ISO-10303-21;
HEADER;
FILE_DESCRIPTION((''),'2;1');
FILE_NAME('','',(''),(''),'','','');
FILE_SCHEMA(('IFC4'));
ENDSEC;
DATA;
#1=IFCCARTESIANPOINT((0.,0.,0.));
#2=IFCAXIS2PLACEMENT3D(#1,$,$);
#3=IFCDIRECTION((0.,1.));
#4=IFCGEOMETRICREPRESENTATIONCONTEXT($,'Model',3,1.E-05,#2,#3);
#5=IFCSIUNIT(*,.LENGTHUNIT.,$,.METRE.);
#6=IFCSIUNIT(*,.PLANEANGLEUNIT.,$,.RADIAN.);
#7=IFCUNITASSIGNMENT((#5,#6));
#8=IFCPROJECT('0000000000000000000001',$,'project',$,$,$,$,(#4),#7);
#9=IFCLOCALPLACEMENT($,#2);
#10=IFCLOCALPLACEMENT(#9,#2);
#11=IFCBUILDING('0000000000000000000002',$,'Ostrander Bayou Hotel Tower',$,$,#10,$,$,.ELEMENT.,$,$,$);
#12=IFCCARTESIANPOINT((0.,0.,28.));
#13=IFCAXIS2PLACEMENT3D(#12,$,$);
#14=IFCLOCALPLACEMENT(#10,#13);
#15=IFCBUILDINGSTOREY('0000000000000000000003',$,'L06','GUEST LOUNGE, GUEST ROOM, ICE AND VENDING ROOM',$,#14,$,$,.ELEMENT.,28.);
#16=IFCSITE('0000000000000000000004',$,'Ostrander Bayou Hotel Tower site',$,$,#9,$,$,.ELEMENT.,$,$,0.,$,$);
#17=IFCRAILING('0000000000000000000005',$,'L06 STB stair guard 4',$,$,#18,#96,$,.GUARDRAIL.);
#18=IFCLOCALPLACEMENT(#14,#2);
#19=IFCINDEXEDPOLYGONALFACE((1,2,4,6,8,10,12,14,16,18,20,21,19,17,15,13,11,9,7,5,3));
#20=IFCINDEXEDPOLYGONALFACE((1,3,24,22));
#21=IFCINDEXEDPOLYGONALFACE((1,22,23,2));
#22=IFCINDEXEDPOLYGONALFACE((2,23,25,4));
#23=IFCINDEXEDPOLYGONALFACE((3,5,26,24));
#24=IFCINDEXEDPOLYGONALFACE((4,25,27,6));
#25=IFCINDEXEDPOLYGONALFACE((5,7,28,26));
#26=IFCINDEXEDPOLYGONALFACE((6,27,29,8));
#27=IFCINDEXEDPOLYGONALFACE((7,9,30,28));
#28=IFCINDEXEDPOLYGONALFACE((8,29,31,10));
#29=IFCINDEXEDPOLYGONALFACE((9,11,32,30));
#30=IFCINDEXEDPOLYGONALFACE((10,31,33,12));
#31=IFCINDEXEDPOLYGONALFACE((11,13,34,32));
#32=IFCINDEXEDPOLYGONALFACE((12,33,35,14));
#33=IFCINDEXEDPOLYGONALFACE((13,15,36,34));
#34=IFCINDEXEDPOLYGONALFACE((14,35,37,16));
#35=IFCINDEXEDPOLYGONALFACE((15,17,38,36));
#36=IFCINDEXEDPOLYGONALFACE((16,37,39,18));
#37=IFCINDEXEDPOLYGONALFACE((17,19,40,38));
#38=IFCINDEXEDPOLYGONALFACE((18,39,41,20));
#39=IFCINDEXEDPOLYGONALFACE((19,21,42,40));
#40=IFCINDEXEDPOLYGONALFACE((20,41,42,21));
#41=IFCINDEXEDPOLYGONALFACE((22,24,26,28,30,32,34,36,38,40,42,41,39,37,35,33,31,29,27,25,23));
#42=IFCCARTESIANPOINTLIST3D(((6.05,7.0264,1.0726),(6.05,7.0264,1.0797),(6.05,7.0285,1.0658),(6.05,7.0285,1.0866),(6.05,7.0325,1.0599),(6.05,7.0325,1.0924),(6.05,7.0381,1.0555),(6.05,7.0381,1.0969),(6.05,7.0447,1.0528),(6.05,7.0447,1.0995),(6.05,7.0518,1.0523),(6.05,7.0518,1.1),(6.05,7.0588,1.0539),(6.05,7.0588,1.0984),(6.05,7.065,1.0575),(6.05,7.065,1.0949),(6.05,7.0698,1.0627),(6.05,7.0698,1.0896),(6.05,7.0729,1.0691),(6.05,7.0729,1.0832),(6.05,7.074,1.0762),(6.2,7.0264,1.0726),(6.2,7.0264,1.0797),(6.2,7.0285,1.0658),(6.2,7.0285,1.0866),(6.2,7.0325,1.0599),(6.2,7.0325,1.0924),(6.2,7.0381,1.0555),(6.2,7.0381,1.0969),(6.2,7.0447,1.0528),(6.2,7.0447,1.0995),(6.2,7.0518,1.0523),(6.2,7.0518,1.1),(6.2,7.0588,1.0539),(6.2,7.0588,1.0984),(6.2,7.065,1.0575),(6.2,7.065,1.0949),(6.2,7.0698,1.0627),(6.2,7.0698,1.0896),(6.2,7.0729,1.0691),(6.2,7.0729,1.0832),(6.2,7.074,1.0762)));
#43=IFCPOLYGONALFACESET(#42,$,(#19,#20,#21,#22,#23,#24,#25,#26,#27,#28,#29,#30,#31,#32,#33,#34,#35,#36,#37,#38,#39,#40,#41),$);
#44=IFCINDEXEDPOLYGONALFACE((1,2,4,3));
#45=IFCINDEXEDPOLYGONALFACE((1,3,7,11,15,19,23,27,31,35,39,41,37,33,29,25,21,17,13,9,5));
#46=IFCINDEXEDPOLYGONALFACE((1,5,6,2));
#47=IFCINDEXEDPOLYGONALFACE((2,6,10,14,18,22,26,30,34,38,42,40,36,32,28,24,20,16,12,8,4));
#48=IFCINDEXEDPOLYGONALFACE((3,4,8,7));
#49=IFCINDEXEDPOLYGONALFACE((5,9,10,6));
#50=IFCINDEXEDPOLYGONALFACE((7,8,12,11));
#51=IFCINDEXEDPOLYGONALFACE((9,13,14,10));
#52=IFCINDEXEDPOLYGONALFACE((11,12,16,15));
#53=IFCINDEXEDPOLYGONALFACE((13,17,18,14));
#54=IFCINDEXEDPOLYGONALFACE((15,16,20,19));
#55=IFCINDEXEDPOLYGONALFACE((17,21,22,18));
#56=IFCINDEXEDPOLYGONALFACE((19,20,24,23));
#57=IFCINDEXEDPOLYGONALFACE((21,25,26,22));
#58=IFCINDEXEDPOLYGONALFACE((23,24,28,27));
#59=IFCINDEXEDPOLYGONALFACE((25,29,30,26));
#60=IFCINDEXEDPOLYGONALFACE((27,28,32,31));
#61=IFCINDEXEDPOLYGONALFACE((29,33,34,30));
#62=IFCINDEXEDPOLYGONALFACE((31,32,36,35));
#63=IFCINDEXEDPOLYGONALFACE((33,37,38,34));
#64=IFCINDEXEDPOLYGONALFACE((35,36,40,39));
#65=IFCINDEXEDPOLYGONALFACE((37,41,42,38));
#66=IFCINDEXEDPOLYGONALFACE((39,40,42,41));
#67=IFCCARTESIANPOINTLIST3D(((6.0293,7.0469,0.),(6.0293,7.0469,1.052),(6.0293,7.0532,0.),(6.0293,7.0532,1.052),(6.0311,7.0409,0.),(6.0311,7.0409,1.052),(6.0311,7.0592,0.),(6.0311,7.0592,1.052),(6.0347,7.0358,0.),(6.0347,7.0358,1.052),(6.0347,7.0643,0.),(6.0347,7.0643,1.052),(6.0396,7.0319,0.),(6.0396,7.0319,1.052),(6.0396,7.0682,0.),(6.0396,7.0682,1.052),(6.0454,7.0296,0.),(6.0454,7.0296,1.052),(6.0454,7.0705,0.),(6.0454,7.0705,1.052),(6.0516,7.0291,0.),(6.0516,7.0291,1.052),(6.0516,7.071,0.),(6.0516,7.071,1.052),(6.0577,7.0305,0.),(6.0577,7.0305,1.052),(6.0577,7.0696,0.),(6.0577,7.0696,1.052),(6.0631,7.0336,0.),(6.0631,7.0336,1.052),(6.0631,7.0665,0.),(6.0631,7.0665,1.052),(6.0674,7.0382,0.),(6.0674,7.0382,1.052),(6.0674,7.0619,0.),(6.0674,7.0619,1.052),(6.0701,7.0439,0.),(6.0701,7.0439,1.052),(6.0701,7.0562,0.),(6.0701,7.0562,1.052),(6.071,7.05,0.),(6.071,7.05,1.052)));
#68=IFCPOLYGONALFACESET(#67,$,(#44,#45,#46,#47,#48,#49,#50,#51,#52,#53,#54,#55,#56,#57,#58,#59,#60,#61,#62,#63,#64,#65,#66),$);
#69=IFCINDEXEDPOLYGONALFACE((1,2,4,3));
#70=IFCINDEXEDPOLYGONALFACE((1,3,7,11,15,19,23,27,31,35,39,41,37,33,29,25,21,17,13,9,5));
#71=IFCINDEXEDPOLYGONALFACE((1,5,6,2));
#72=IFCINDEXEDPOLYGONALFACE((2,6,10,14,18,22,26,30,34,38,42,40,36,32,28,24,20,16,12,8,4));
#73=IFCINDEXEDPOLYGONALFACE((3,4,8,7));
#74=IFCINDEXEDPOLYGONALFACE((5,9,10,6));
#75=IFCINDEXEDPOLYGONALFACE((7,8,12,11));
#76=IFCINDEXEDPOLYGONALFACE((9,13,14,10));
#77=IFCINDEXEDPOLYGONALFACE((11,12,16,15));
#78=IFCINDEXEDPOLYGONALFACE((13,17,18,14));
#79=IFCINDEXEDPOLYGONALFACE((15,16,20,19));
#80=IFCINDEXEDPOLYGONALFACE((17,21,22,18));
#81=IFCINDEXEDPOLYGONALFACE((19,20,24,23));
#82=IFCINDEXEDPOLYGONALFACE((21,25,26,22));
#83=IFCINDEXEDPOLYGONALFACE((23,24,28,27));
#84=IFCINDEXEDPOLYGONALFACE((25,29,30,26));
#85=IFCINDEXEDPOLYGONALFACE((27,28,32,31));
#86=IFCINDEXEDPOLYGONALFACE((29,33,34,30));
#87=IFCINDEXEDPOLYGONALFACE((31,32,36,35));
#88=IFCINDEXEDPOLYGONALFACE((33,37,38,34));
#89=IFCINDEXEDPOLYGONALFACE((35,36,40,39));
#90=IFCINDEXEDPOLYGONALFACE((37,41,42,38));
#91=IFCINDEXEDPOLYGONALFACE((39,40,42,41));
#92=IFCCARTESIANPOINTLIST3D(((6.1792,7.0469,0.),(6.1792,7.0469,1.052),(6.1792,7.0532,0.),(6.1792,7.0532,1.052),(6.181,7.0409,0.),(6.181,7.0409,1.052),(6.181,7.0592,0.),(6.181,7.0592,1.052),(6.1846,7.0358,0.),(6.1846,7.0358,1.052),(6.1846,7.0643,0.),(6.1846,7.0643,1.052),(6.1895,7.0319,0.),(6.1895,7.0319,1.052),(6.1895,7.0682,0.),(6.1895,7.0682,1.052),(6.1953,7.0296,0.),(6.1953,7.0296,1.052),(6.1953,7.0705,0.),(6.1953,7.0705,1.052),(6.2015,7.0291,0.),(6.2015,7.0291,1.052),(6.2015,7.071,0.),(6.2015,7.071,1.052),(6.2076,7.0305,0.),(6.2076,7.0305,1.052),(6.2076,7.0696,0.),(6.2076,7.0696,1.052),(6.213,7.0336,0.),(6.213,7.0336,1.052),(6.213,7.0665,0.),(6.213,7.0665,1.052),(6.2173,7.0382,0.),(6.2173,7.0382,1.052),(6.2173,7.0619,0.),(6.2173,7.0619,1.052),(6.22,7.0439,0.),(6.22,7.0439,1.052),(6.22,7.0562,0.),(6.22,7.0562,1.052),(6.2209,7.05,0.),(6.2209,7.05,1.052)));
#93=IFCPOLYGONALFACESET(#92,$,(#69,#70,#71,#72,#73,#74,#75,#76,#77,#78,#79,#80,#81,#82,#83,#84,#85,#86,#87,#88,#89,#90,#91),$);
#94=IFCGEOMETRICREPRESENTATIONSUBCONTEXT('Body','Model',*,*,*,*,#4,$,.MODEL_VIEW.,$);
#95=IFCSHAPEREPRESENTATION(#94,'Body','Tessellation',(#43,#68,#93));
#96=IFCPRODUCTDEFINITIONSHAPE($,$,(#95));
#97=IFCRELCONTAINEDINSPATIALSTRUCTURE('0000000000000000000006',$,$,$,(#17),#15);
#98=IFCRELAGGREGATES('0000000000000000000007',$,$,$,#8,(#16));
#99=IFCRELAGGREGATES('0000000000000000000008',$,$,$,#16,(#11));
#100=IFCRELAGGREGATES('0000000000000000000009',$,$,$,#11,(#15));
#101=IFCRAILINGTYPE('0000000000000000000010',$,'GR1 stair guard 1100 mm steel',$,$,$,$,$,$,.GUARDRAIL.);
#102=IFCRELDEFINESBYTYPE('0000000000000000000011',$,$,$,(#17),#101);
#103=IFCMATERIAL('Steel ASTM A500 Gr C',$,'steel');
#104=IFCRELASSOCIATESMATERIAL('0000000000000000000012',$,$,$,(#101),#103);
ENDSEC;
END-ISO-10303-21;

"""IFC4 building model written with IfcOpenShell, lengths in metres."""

from ifc_helpers import new_model, si_unit, direction, frame, origin, origin_2d, place, context, subcontext, project, spatial, circle, extrude, material, type_object, element, save


model = new_model("IFC4")

# Units and contexts
model_context = context("Model", 3, precision=1e-05, world=origin(), true_north=direction((0.0, 1.0)))
body_context = subcontext(model_context, "Body", "Model", "MODEL_VIEW")
ifc_project = project(units=[si_unit("LENGTHUNIT", "METRE"), si_unit("PLANEANGLEUNIT", "RADIAN")], contexts=[model_context])

# Site, building, storey
site_placement = place(None, origin())
site = spatial("IfcSite", under=ifc_project, at=site_placement, Name="Ostrander Bayou Hotel Tower site", CompositionType="ELEMENT", RefElevation=0.0)
building_placement = place(site_placement, origin())
building = spatial("IfcBuilding", under=site, at=building_placement, Name="Ostrander Bayou Hotel Tower", CompositionType="ELEMENT")
storey_placement = place(building_placement, frame((0.0, 0.0, 28.0)))
storey = spatial("IfcBuildingStorey", under=building, at=storey_placement, Name="L06", Description="GUEST LOUNGE, GUEST ROOM, ICE AND VENDING ROOM", CompositionType="ELEMENT", Elevation=28.0)

# Railing
ifc_material_1 = material(Name="Steel ASTM A500 Gr C", Category="steel")
railing_type_1 = type_object("IfcRailingType", Name="GR1 stair guard 1100 mm steel", PredefinedType="GUARDRAIL", material=ifc_material_1)
railing_1_placement = place(storey_placement, frame((6.05, 7.05, 0.0)))
element("IfcRailing", 1, at=railing_1_placement, inside=storey, type_object=railing_type_1, Name="L06 STB stair guard 4", PredefinedType="GUARDRAIL", context=body_context, shape_type="SweptSolid", body=[
    extrude(circle(Radius=0.0239, at=origin_2d()), frame((0.0, 0.0, 1.0762), z_axis=(1.0, 0.0, 0.0), x_axis=(0.0, 1.0, 0.0)), (0.0, 0.0, 1.0), 0.1499),
    extrude(circle(Radius=0.021, at=origin_2d()), origin(), (0.0, 0.0, 1.0), 1.052),
    extrude(circle(Radius=0.021, at=origin_2d()), frame((0.1499, 0.0, 0.0)), (0.0, 0.0, 1.0), 1.052),
])

save(model, "model.ifc")
